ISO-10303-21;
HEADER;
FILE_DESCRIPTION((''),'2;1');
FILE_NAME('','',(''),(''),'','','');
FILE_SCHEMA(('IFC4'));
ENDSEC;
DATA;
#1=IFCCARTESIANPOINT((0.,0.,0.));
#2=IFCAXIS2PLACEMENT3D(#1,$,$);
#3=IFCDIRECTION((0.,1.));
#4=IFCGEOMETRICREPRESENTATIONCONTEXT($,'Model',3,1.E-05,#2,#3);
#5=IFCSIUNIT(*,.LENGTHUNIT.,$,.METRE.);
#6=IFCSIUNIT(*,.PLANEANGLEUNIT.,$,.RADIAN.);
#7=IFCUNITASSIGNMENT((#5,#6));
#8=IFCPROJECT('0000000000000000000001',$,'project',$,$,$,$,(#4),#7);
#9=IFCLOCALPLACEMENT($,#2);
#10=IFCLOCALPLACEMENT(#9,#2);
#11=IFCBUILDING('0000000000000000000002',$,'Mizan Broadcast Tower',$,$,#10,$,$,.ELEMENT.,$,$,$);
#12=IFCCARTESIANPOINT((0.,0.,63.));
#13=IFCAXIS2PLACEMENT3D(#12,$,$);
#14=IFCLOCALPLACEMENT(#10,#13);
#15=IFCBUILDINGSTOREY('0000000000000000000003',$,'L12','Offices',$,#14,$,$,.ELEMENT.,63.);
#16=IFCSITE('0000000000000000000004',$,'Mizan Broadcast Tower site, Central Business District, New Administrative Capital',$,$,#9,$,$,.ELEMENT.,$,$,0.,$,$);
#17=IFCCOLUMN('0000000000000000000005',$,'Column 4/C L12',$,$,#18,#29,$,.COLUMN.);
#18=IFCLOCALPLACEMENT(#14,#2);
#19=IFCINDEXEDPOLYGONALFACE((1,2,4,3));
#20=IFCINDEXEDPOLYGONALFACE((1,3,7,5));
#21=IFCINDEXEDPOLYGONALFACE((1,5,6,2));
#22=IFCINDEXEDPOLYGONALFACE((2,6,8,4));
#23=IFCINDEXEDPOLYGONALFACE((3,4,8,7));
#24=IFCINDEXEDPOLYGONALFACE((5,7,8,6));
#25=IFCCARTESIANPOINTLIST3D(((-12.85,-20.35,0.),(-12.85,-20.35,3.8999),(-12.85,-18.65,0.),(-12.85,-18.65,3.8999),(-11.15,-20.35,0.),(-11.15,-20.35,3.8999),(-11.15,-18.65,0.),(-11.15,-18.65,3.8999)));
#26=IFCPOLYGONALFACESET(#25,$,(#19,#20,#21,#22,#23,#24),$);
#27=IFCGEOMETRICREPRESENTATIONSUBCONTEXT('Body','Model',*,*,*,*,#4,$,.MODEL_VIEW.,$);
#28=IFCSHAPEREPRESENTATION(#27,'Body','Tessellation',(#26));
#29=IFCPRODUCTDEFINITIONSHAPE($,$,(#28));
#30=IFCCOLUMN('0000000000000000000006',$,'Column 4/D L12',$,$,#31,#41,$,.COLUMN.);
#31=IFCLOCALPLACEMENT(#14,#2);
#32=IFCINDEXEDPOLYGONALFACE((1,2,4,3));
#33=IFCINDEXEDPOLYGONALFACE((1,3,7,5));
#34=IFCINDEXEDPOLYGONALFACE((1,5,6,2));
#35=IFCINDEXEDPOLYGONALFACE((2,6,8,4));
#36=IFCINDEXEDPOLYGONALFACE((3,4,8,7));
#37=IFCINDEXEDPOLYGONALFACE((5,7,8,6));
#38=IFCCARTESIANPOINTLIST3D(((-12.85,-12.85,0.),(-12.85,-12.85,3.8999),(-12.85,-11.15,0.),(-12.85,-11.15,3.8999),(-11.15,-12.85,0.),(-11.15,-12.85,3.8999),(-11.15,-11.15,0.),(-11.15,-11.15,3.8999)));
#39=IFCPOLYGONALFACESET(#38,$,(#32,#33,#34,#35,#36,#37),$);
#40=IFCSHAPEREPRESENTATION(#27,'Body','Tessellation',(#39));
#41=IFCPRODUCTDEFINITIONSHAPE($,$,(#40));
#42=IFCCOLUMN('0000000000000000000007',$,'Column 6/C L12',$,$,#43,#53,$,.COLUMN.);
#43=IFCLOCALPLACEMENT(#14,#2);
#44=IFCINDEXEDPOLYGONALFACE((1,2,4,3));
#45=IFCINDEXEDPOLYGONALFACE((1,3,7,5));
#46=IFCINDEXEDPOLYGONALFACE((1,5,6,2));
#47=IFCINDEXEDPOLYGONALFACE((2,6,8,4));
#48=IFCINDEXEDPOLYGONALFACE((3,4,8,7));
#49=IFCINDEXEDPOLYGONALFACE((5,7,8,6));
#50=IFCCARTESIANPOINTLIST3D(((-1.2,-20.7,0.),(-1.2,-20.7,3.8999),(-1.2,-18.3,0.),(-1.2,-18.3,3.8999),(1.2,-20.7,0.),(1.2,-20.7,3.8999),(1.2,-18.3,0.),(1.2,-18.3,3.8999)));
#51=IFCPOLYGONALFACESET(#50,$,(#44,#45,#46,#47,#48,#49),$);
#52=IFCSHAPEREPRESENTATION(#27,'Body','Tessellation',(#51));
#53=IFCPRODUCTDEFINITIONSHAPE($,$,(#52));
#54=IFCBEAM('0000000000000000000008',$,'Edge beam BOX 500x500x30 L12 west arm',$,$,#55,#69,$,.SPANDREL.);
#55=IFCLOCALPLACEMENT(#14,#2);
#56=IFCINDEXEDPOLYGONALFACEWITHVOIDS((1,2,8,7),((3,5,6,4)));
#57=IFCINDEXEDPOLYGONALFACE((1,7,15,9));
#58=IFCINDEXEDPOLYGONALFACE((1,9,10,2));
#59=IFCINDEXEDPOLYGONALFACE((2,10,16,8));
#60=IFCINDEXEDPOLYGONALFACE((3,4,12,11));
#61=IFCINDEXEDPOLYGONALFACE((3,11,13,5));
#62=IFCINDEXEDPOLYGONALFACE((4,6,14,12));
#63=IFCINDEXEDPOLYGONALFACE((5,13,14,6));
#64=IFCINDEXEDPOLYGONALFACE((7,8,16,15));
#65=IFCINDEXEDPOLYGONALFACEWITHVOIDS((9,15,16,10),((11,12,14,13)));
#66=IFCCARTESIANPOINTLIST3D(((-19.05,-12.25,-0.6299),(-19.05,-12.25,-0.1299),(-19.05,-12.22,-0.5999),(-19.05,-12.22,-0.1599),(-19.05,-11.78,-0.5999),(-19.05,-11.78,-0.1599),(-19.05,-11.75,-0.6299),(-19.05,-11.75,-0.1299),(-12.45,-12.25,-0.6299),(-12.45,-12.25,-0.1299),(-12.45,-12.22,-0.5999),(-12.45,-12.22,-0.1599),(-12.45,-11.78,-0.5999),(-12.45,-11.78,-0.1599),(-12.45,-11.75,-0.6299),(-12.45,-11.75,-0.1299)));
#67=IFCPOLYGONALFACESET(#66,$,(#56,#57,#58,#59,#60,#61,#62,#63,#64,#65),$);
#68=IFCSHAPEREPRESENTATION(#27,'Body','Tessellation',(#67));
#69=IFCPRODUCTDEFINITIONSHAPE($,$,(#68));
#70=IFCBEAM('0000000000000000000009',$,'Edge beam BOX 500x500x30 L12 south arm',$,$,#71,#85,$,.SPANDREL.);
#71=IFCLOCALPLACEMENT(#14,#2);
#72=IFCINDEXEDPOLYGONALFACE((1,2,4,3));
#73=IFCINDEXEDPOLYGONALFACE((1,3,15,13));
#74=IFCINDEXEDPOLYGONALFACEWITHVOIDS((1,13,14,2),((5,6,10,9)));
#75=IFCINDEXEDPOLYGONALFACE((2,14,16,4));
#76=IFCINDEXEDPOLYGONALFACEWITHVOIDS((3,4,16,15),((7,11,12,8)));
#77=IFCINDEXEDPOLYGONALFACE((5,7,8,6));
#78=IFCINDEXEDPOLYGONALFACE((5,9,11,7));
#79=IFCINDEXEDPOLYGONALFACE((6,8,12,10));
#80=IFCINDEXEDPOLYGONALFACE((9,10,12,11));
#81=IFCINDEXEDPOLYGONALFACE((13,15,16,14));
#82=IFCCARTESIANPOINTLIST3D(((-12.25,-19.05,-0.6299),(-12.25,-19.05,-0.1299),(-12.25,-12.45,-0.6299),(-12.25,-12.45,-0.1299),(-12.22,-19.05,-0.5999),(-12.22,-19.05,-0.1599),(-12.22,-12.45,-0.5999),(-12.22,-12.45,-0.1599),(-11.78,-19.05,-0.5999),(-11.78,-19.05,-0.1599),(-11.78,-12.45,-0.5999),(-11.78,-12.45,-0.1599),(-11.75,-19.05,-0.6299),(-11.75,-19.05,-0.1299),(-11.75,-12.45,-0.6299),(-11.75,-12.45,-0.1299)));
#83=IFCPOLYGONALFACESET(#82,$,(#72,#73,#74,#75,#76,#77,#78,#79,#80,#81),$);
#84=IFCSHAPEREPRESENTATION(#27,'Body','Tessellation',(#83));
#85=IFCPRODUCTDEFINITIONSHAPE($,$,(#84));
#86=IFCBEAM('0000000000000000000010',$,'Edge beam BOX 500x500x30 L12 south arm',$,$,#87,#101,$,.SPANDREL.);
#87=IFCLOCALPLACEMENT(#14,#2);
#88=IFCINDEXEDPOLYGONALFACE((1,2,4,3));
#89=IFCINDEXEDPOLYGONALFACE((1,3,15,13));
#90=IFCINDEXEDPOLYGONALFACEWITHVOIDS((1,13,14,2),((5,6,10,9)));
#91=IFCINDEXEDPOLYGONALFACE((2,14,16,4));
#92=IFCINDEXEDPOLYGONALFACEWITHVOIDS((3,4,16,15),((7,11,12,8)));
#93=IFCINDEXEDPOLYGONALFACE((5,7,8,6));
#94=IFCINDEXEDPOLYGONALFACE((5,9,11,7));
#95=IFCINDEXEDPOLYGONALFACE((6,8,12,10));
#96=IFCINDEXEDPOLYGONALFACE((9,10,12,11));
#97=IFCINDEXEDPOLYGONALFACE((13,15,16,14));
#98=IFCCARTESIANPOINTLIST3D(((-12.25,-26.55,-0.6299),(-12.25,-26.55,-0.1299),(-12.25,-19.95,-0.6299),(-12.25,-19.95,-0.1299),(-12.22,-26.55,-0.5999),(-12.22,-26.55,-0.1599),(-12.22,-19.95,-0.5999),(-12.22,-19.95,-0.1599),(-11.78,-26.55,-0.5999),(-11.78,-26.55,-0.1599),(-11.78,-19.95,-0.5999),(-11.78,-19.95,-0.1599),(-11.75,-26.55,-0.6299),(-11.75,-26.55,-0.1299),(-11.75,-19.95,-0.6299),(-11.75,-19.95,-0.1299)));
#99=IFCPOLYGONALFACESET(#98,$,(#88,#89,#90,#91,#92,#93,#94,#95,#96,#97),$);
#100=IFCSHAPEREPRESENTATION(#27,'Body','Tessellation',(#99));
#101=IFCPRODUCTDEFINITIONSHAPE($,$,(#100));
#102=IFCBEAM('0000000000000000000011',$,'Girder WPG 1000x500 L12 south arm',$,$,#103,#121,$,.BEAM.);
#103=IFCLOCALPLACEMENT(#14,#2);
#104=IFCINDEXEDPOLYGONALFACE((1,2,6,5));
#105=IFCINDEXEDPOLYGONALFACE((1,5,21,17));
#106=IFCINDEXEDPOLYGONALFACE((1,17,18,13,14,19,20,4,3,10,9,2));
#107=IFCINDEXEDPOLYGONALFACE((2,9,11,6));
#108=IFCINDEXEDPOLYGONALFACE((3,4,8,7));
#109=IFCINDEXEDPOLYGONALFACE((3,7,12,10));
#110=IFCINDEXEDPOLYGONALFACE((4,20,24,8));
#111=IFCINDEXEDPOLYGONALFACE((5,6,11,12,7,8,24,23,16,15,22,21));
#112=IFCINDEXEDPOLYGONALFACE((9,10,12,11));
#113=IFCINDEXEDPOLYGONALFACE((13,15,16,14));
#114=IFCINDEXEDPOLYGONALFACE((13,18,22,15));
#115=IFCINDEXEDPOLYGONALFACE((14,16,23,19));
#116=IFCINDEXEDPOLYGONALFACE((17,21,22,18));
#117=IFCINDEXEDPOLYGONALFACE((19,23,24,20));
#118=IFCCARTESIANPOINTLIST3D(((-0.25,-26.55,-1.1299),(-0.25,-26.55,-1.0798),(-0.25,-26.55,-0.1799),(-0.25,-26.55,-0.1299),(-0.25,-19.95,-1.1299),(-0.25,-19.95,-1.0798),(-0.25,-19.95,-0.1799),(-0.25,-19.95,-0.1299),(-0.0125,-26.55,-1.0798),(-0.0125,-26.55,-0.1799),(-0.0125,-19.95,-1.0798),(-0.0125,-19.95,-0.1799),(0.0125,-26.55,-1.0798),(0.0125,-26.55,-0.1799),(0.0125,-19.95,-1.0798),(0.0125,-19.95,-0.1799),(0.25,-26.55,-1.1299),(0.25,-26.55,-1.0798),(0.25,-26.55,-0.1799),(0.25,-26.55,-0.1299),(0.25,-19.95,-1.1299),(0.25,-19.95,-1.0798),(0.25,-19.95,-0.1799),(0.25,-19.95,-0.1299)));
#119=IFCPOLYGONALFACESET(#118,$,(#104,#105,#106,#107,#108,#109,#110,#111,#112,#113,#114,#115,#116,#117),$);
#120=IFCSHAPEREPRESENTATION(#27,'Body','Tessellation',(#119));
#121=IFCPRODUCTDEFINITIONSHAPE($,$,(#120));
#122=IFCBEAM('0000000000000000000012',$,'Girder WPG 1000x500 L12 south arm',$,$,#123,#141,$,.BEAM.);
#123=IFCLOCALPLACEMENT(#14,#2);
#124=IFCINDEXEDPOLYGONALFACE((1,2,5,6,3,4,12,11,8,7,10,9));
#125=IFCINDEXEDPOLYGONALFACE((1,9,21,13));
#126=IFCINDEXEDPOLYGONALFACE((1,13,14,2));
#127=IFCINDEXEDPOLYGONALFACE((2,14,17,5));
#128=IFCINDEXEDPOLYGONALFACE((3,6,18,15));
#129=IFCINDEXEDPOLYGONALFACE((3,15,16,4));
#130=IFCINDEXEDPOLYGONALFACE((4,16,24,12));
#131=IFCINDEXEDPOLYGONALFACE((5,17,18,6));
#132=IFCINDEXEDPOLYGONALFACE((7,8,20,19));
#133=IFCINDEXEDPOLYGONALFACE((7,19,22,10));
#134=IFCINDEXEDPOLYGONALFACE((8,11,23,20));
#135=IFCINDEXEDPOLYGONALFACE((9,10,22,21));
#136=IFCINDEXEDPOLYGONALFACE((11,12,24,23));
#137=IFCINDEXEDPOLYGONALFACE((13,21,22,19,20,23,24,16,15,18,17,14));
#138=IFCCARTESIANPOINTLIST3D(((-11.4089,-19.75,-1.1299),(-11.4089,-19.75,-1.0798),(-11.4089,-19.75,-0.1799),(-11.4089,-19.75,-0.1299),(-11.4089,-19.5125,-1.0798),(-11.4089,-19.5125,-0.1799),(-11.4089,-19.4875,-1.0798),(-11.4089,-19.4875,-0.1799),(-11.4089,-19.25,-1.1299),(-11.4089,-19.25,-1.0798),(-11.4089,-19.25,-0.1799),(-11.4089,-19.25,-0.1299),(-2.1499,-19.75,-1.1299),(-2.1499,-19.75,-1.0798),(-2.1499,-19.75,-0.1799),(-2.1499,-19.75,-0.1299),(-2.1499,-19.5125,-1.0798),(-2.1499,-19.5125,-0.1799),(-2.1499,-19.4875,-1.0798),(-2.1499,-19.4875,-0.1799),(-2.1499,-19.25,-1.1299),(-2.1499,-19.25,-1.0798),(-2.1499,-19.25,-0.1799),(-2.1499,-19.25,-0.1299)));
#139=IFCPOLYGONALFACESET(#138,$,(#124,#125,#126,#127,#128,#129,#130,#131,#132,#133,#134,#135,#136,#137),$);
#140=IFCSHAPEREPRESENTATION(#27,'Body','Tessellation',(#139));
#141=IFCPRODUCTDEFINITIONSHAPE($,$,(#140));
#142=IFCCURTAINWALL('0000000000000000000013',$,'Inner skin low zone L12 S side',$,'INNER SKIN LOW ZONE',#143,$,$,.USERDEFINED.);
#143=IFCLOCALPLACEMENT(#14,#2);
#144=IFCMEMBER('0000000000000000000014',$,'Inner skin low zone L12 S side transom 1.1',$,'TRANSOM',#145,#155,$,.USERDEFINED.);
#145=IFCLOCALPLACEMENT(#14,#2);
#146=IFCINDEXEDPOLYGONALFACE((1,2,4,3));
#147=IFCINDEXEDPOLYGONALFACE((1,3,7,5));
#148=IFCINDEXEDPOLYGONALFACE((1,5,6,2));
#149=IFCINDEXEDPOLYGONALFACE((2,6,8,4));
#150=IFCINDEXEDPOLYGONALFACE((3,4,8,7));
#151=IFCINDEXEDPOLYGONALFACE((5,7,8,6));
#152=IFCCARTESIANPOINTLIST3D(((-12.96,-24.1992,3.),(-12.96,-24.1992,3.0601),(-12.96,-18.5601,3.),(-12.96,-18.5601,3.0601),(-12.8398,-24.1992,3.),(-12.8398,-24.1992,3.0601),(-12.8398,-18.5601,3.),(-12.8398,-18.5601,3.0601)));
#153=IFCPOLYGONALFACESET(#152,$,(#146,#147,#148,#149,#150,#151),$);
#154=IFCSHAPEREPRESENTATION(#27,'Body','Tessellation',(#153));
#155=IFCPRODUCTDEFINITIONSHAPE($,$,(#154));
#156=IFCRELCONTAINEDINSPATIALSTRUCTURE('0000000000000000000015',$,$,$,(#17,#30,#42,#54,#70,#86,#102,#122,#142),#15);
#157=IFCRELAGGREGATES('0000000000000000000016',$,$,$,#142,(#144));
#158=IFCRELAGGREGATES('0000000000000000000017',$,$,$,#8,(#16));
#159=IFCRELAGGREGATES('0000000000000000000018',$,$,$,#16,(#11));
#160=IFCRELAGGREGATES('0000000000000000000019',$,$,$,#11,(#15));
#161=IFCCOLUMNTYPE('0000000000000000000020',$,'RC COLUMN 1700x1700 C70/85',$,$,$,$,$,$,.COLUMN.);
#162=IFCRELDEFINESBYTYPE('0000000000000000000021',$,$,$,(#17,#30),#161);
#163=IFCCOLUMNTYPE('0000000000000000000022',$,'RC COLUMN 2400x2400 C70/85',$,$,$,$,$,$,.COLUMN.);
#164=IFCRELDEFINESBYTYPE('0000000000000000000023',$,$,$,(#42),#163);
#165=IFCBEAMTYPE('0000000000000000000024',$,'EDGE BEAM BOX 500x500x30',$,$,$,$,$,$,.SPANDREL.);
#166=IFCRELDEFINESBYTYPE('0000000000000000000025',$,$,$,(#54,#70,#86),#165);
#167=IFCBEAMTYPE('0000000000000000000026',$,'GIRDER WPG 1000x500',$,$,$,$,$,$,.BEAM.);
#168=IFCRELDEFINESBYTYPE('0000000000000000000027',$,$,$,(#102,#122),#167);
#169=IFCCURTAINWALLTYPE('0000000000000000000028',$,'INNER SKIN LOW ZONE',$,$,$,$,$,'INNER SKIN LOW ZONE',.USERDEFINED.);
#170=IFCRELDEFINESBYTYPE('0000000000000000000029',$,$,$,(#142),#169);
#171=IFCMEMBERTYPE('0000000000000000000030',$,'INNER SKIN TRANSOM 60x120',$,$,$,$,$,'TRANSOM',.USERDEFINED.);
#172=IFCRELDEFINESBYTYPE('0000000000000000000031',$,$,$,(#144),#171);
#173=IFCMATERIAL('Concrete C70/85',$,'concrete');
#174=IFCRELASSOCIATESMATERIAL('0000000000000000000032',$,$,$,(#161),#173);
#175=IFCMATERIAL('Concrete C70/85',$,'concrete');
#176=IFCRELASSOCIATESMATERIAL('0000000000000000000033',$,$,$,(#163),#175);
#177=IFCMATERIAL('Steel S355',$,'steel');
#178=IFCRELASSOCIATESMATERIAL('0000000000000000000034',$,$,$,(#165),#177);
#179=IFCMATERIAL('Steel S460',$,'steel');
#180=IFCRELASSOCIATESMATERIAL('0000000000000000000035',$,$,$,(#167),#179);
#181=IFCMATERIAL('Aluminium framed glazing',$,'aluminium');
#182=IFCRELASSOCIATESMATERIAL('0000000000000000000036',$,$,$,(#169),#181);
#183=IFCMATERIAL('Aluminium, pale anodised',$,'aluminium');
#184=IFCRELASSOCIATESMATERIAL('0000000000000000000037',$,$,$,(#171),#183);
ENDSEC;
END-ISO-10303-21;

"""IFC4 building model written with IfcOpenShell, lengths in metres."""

from ifc_helpers import new_model, si_unit, direction, frame, origin, origin_2d, place, context, subcontext, project, spatial, rectangle, hollow_rectangle, i_section, extrude, material, material_profile, profile_set, type_object, element, aggregate, save


model = new_model("IFC4")

# Units and contexts
model_context = context("Model", 3, precision=1e-05, world=origin(), true_north=direction((0.0, 1.0)))
body_context = subcontext(model_context, "Body", "Model", "MODEL_VIEW")
ifc_project = project(units=[si_unit("LENGTHUNIT", "METRE"), si_unit("PLANEANGLEUNIT", "RADIAN")], contexts=[model_context])

# Site, building, storey
site_placement = place(None, origin())
site = spatial("IfcSite", under=ifc_project, at=site_placement, Name="Mizan Broadcast Tower site, Central Business District, New Administrative Capital", CompositionType="ELEMENT", RefElevation=0.0)
building_placement = place(site_placement, origin())
building = spatial("IfcBuilding", under=site, at=building_placement, Name="Mizan Broadcast Tower", CompositionType="ELEMENT")
storey_placement = place(building_placement, frame((0.0, 0.0, 63.0)))
storey = spatial("IfcBuildingStorey", under=building, at=storey_placement, Name="L12", Description="Offices", CompositionType="ELEMENT", Elevation=63.0)

# Columns
ifc_material_1 = material(Name="Concrete C70/85", Category="concrete")
ifc_material_profile_1 = material_profile(ifc_material_1, rectangle(XDim=1.7, YDim=1.7, at=origin_2d()), Name="RC 1700x1700")
ifc_profile_set_1 = profile_set([ifc_material_profile_1], Name="Concrete C70/85")
column_type_1 = type_object("IfcColumnType", Name="RC COLUMN 1700x1700 C70/85", PredefinedType="COLUMN", material=ifc_profile_set_1)
for number, where, z_axis, x_axis, name in (
    (1, (-12.0, -19.5, 0.0), (0.0, 0.0, 1.0), (1.0, 0.0, 0.0), "Column 4/C L12"),
    (2, (-12.0, -12.0, 0.0), (0.0, 0.0, 1.0), (1.0, 0.0, 0.0), "Column 4/D L12"),
):
    element("IfcColumn", number, at=place(storey_placement, frame(where, z_axis=z_axis, x_axis=x_axis)), inside=storey, type_object=column_type_1, Name=name, PredefinedType="COLUMN", context=body_context, shape_type="SweptSolid", body=[
        extrude(rectangle(XDim=1.7, YDim=1.7, at=origin_2d()), origin(), (0.0, 0.0, 1.0), 3.8999),
    ])
ifc_material_2 = material(Name="Concrete C70/85", Category="concrete")
ifc_material_profile_2 = material_profile(ifc_material_2, rectangle(XDim=2.3999, YDim=2.3999, at=origin_2d()), Name="RC 2400x2400")
ifc_profile_set_2 = profile_set([ifc_material_profile_2], Name="Concrete C70/85")
column_type_2 = type_object("IfcColumnType", Name="RC COLUMN 2400x2400 C70/85", PredefinedType="COLUMN", material=ifc_profile_set_2)
column_placement = place(storey_placement, frame((0.0, -19.5, 0.0), z_axis=(0.0, 0.0, 1.0), x_axis=(1.0, 0.0, 0.0)))
element("IfcColumn", 3, at=column_placement, inside=storey, type_object=column_type_2, Name="Column 6/C L12", PredefinedType="COLUMN", context=body_context, shape_type="SweptSolid", body=[
    extrude(rectangle(XDim=2.3999, YDim=2.3999, at=origin_2d()), origin(), (0.0, 0.0, 1.0), 3.8999),
])

# Beams
ifc_material_3 = material(Name="Steel S355", Category="steel")
ifc_material_profile_3 = material_profile(ifc_material_3, hollow_rectangle(XDim=0.5, YDim=0.5, WallThickness=0.03, at=origin_2d()), Name="BOX 500x500x30")
ifc_profile_set_3 = profile_set([ifc_material_profile_3], Name="Steel S355")
beam_type_1 = type_object("IfcBeamType", Name="EDGE BEAM BOX 500x500x30", PredefinedType="SPANDREL", material=ifc_profile_set_3)
for number, where, z_axis, x_axis, name in (
    (4, (-12.45, -12.0, -0.3799), (-1.0, 0.0, 0.0), (0.0, -1.0, 0.0), "Edge beam BOX 500x500x30 L12 west arm"),
    (5, (-12.0, -12.45, -0.3799), (0.0, -1.0, 0.0), (1.0, 0.0, 0.0), "Edge beam BOX 500x500x30 L12 south arm"),
    (6, (-12.0, -19.95, -0.3799), (0.0, -1.0, 0.0), (1.0, 0.0, 0.0), "Edge beam BOX 500x500x30 L12 south arm"),
):
    element("IfcBeam", number, at=place(storey_placement, frame(where, z_axis=z_axis, x_axis=x_axis)), inside=storey, type_object=beam_type_1, Name=name, PredefinedType="SPANDREL", context=body_context, shape_type="SweptSolid", body=[
        extrude(hollow_rectangle(XDim=0.5, YDim=0.5, WallThickness=0.03, at=origin_2d()), origin(), (0.0, 0.0, 1.0), 6.6001),
    ])
ifc_material_4 = material(Name="Steel S460", Category="steel")
ifc_material_profile_4 = material_profile(ifc_material_4, i_section(OverallWidth=0.5, OverallDepth=1.0, WebThickness=0.0249, FlangeThickness=0.05, at=origin_2d()), Name="WPG 1000x500")
ifc_profile_set_4 = profile_set([ifc_material_profile_4], Name="Steel S460")
beam_type_2 = type_object("IfcBeamType", Name="GIRDER WPG 1000x500", PredefinedType="BEAM", material=ifc_profile_set_4)
beam_1_placement = place(storey_placement, frame((0.0, -19.95, -0.6299), z_axis=(0.0, -1.0, 0.0), x_axis=(1.0, 0.0, 0.0)))
element("IfcBeam", 7, at=beam_1_placement, inside=storey, type_object=beam_type_2, Name="Girder WPG 1000x500 L12 south arm", PredefinedType="BEAM", context=body_context, shape_type="SweptSolid", body=[
    extrude(i_section(OverallWidth=0.5, OverallDepth=1.0, WebThickness=0.0249, FlangeThickness=0.05, at=origin_2d()), origin(), (0.0, 0.0, 1.0), 6.6001),
])
beam_2_placement = place(storey_placement, frame((-11.4089, -19.5, -0.6299), z_axis=(1.0, 0.0, 0.0), x_axis=(0.0, 1.0, 0.0)))
element("IfcBeam", 8, at=beam_2_placement, inside=storey, type_object=beam_type_2, Name="Girder WPG 1000x500 L12 south arm", PredefinedType="BEAM", context=body_context, shape_type="SweptSolid", body=[
    extrude(i_section(OverallWidth=0.5, OverallDepth=1.0, WebThickness=0.0249, FlangeThickness=0.05, at=origin_2d()), origin(), (0.0, 0.0, 1.0), 9.259),
])

# Curtain wall, member
ifc_material_5 = material(Name="Aluminium framed glazing", Category="aluminium")
curtain_wall_type = type_object("IfcCurtainWallType", Name="INNER SKIN LOW ZONE", ElementType="INNER SKIN LOW ZONE", PredefinedType="USERDEFINED", material=ifc_material_5)
curtain_wall_placement = place(storey_placement, origin())
curtain_wall = element("IfcCurtainWall", 9, at=curtain_wall_placement, inside=storey, type_object=curtain_wall_type, Name="Inner skin low zone L12 S side", ObjectType="INNER SKIN LOW ZONE", PredefinedType="USERDEFINED")
ifc_material_6 = material(Name="Aluminium, pale anodised", Category="aluminium")
ifc_material_profile_5 = material_profile(ifc_material_6, rectangle(XDim=0.1201, YDim=0.0601, at=origin_2d()), Name="TRANSOM 120x60")
ifc_profile_set_5 = profile_set([ifc_material_profile_5], Name="Aluminium, pale anodised")
member_type = type_object("IfcMemberType", Name="INNER SKIN TRANSOM 60x120", ElementType="TRANSOM", PredefinedType="USERDEFINED", material=ifc_profile_set_5)
member_placement = place(storey_placement, frame((-12.8999, -18.5601, 3.03), z_axis=(0.0, -1.0, 0.0), x_axis=(1.0, 0.0, 0.0)))
member = element("IfcMember", 10, at=member_placement, type_object=member_type, Name="Inner skin low zone L12 S side transom 1.1", ObjectType="TRANSOM", PredefinedType="USERDEFINED", context=body_context, shape_type="SweptSolid", body=[
    extrude(rectangle(XDim=0.1201, YDim=0.0601, at=origin_2d()), origin(), (0.0, 0.0, 1.0), 5.6392),
])

aggregate(curtain_wall, [member])

save(model, "model.ifc")
